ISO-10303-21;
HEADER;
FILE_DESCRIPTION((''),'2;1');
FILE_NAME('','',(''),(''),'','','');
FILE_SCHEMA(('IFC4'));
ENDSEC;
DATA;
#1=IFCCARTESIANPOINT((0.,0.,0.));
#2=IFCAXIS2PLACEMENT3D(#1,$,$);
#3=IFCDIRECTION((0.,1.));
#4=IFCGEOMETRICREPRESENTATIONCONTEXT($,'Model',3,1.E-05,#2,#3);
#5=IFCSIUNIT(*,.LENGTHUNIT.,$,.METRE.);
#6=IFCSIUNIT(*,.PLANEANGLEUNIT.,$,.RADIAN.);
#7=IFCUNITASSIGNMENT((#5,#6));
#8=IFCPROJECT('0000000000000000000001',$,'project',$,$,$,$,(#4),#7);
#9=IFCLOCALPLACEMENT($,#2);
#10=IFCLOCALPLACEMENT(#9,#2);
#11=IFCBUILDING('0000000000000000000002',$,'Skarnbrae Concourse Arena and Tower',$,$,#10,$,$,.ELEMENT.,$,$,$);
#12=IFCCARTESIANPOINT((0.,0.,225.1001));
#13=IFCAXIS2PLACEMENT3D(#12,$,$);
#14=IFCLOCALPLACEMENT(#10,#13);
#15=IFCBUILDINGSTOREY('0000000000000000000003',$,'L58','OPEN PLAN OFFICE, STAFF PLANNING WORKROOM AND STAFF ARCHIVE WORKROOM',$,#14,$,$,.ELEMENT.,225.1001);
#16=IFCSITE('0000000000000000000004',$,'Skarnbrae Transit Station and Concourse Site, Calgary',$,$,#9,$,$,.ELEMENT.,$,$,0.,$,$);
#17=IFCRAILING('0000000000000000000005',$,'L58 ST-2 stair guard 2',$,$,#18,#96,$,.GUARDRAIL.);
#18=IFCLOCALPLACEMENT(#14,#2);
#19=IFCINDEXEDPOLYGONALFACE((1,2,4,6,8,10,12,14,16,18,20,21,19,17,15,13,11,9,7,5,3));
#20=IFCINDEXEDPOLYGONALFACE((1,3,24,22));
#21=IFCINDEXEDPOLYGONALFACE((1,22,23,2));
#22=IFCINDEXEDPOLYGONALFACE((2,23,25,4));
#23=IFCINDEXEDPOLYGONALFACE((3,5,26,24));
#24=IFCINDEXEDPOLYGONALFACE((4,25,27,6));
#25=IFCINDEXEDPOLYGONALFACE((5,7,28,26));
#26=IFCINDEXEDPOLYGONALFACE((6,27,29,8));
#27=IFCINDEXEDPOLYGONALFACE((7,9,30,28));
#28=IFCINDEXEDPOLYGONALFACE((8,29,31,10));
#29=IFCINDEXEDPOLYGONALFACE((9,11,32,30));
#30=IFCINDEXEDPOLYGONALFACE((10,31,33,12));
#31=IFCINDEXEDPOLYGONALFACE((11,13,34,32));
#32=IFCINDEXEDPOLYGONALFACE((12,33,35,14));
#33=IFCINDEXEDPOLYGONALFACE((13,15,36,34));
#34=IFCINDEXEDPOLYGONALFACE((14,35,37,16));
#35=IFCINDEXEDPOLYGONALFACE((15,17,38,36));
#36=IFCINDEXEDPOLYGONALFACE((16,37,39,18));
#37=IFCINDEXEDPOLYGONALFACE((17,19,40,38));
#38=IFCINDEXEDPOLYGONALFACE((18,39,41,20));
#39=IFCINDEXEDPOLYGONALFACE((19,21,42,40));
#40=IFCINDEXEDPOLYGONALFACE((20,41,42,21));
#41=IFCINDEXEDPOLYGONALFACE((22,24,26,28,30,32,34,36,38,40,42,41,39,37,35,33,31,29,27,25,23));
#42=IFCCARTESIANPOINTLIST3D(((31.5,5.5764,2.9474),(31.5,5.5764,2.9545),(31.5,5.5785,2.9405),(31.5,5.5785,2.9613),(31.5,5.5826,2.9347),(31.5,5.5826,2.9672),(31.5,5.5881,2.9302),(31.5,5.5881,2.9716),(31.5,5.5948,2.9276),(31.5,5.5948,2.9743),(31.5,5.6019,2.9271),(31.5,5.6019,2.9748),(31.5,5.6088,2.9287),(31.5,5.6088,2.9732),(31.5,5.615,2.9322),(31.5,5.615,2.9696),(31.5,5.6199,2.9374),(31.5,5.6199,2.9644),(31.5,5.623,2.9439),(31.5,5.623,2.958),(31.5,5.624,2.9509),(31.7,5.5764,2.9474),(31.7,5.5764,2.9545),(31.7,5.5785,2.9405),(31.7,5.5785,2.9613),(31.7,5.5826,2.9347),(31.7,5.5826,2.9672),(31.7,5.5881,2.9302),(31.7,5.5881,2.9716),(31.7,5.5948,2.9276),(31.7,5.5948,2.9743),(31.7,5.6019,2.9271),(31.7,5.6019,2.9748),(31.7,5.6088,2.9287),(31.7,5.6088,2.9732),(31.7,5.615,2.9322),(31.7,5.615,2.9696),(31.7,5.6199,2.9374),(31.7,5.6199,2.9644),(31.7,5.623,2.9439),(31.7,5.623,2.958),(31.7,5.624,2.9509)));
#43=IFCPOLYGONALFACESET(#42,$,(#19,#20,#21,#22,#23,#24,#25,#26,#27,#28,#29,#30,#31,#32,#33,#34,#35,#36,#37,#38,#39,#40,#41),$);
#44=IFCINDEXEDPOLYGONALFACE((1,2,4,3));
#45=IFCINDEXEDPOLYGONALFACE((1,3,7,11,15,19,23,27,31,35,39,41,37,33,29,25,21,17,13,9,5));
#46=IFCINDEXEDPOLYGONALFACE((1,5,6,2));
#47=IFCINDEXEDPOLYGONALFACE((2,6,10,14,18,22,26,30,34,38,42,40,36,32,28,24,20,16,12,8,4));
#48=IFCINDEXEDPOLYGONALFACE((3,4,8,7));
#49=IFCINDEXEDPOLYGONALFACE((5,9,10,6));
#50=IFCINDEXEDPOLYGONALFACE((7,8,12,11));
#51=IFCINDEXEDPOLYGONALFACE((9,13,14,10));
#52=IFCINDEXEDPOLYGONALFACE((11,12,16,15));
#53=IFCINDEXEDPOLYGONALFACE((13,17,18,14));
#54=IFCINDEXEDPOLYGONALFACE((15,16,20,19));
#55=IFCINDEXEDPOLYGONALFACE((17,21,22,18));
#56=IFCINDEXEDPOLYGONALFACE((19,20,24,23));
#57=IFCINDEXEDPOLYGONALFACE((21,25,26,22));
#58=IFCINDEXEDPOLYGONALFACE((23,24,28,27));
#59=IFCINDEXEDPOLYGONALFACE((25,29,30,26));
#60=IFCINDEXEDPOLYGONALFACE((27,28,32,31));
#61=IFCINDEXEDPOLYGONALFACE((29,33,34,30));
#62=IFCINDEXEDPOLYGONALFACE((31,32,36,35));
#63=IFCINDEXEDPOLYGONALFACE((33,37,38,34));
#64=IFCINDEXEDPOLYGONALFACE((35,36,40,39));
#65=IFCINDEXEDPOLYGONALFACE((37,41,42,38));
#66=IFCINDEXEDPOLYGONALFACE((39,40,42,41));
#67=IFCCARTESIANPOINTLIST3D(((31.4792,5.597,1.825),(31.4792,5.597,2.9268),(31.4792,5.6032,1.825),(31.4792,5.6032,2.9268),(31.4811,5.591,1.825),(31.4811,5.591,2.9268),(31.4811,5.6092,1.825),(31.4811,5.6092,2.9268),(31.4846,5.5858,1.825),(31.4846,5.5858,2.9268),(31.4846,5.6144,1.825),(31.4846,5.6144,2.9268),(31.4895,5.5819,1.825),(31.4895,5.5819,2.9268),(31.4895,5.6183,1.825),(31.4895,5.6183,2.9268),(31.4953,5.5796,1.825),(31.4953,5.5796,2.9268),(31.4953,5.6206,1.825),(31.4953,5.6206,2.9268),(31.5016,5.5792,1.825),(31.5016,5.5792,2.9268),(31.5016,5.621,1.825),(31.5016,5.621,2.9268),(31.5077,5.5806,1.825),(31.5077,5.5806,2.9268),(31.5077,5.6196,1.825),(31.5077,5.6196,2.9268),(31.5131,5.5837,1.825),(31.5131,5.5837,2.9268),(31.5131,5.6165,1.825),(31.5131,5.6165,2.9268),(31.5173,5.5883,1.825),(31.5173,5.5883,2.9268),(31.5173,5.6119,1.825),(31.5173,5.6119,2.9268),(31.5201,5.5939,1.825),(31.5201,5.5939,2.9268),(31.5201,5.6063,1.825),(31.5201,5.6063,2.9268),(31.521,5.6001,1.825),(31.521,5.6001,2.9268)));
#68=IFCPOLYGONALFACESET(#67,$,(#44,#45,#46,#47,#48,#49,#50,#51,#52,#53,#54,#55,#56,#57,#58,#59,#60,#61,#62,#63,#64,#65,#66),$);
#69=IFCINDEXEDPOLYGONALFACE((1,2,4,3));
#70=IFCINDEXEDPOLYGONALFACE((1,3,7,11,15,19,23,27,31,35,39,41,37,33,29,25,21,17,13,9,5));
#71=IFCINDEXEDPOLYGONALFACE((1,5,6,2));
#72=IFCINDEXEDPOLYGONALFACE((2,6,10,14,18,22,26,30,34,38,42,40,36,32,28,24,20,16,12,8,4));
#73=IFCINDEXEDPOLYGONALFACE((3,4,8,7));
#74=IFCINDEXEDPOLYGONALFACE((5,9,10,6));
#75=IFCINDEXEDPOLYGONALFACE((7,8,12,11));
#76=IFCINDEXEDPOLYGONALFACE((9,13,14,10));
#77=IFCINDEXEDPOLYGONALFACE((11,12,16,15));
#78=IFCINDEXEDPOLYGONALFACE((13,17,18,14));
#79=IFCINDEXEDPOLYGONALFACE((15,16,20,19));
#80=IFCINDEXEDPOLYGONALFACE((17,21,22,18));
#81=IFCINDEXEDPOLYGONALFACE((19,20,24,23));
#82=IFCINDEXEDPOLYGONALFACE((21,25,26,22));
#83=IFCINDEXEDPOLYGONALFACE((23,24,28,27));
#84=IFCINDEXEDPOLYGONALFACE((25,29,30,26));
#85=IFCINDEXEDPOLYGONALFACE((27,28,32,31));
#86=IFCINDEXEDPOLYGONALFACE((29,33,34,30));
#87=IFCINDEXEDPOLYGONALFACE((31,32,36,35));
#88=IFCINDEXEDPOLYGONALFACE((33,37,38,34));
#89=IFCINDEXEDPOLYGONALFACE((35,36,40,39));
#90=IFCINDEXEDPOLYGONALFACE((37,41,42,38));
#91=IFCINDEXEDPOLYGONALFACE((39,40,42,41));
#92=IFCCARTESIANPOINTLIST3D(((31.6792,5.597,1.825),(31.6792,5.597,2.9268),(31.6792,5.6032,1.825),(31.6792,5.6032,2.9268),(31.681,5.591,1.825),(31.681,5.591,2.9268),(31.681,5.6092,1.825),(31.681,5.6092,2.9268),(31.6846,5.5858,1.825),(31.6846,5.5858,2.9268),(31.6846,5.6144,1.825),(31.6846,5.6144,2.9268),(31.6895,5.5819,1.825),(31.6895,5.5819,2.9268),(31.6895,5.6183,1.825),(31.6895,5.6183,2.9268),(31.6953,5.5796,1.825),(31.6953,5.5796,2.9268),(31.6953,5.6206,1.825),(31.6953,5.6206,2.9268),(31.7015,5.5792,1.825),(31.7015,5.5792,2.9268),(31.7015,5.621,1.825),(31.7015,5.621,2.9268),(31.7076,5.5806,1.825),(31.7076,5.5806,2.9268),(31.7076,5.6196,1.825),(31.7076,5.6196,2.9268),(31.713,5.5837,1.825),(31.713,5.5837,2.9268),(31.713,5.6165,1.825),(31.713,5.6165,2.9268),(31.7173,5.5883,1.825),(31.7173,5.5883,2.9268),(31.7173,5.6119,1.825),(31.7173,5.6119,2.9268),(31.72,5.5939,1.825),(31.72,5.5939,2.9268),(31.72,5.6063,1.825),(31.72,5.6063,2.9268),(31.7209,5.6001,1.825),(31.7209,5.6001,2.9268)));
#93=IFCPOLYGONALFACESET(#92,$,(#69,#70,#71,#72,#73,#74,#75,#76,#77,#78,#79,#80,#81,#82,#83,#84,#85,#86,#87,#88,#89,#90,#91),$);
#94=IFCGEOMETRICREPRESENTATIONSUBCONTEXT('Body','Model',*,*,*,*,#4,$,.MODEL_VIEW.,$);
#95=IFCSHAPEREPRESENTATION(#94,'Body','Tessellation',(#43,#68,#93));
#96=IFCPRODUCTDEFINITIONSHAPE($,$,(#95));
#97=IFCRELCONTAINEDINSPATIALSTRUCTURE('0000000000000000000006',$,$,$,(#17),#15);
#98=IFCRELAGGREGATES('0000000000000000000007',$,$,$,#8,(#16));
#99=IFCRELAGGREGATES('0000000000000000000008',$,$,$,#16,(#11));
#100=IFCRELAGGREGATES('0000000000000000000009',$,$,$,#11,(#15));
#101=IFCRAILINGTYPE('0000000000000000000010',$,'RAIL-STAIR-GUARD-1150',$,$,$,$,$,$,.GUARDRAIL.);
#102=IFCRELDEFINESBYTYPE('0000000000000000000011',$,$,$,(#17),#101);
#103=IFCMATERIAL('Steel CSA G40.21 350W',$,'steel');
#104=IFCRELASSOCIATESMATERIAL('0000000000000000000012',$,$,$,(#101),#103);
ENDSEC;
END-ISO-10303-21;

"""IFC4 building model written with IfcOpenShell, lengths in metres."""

from ifc_helpers import new_model, si_unit, direction, frame, origin, origin_2d, place, context, subcontext, project, spatial, circle, extrude, material, type_object, element, save


model = new_model("IFC4")

# Units and contexts
model_context = context("Model", 3, precision=1e-05, world=origin(), true_north=direction((0.0, 1.0)))
body_context = subcontext(model_context, "Body", "Model", "MODEL_VIEW")
ifc_project = project(units=[si_unit("LENGTHUNIT", "METRE"), si_unit("PLANEANGLEUNIT", "RADIAN")], contexts=[model_context])

# Site, building, storey
site_placement = place(None, origin())
site = spatial("IfcSite", under=ifc_project, at=site_placement, Name="Skarnbrae Transit Station and Concourse Site, Calgary", CompositionType="ELEMENT", RefElevation=0.0)
building_placement = place(site_placement, origin())
building = spatial("IfcBuilding", under=site, at=building_placement, Name="Skarnbrae Concourse Arena and Tower", CompositionType="ELEMENT")
storey_placement = place(building_placement, frame((0.0, 0.0, 225.1001)))
storey = spatial("IfcBuildingStorey", under=building, at=storey_placement, Name="L58", Description="OPEN PLAN OFFICE, STAFF PLANNING WORKROOM AND STAFF ARCHIVE WORKROOM", CompositionType="ELEMENT", Elevation=225.1001)

# Shared definitions
ifc_material_1 = material(Name="Steel CSA G40.21 350W", Category="steel")

# Railing
railing_type_1 = type_object("IfcRailingType", Name="RAIL-STAIR-GUARD-1150", PredefinedType="GUARDRAIL", material=ifc_material_1)
railing_1_placement = place(storey_placement, frame((31.5, 5.6001, 1.825)))
element("IfcRailing", 1, at=railing_1_placement, inside=storey, type_object=railing_type_1, Name="L58 ST-2 stair guard 2", PredefinedType="GUARDRAIL", context=body_context, shape_type="SweptSolid", body=[
    extrude(circle(Radius=0.0239, at=origin_2d()), frame((0.0, 0.0, 1.126), z_axis=(1.0, 0.0, 0.0), x_axis=(0.0, 1.0, 0.0)), (0.0, 0.0, 1.0), 0.2),
    extrude(circle(Radius=0.021, at=origin_2d()), origin(), (0.0, 0.0, 1.0), 1.1018),
    extrude(circle(Radius=0.021, at=origin_2d()), frame((0.2, 0.0, 0.0)), (0.0, 0.0, 1.0), 1.1018),
])

save(model, "model.ifc")
